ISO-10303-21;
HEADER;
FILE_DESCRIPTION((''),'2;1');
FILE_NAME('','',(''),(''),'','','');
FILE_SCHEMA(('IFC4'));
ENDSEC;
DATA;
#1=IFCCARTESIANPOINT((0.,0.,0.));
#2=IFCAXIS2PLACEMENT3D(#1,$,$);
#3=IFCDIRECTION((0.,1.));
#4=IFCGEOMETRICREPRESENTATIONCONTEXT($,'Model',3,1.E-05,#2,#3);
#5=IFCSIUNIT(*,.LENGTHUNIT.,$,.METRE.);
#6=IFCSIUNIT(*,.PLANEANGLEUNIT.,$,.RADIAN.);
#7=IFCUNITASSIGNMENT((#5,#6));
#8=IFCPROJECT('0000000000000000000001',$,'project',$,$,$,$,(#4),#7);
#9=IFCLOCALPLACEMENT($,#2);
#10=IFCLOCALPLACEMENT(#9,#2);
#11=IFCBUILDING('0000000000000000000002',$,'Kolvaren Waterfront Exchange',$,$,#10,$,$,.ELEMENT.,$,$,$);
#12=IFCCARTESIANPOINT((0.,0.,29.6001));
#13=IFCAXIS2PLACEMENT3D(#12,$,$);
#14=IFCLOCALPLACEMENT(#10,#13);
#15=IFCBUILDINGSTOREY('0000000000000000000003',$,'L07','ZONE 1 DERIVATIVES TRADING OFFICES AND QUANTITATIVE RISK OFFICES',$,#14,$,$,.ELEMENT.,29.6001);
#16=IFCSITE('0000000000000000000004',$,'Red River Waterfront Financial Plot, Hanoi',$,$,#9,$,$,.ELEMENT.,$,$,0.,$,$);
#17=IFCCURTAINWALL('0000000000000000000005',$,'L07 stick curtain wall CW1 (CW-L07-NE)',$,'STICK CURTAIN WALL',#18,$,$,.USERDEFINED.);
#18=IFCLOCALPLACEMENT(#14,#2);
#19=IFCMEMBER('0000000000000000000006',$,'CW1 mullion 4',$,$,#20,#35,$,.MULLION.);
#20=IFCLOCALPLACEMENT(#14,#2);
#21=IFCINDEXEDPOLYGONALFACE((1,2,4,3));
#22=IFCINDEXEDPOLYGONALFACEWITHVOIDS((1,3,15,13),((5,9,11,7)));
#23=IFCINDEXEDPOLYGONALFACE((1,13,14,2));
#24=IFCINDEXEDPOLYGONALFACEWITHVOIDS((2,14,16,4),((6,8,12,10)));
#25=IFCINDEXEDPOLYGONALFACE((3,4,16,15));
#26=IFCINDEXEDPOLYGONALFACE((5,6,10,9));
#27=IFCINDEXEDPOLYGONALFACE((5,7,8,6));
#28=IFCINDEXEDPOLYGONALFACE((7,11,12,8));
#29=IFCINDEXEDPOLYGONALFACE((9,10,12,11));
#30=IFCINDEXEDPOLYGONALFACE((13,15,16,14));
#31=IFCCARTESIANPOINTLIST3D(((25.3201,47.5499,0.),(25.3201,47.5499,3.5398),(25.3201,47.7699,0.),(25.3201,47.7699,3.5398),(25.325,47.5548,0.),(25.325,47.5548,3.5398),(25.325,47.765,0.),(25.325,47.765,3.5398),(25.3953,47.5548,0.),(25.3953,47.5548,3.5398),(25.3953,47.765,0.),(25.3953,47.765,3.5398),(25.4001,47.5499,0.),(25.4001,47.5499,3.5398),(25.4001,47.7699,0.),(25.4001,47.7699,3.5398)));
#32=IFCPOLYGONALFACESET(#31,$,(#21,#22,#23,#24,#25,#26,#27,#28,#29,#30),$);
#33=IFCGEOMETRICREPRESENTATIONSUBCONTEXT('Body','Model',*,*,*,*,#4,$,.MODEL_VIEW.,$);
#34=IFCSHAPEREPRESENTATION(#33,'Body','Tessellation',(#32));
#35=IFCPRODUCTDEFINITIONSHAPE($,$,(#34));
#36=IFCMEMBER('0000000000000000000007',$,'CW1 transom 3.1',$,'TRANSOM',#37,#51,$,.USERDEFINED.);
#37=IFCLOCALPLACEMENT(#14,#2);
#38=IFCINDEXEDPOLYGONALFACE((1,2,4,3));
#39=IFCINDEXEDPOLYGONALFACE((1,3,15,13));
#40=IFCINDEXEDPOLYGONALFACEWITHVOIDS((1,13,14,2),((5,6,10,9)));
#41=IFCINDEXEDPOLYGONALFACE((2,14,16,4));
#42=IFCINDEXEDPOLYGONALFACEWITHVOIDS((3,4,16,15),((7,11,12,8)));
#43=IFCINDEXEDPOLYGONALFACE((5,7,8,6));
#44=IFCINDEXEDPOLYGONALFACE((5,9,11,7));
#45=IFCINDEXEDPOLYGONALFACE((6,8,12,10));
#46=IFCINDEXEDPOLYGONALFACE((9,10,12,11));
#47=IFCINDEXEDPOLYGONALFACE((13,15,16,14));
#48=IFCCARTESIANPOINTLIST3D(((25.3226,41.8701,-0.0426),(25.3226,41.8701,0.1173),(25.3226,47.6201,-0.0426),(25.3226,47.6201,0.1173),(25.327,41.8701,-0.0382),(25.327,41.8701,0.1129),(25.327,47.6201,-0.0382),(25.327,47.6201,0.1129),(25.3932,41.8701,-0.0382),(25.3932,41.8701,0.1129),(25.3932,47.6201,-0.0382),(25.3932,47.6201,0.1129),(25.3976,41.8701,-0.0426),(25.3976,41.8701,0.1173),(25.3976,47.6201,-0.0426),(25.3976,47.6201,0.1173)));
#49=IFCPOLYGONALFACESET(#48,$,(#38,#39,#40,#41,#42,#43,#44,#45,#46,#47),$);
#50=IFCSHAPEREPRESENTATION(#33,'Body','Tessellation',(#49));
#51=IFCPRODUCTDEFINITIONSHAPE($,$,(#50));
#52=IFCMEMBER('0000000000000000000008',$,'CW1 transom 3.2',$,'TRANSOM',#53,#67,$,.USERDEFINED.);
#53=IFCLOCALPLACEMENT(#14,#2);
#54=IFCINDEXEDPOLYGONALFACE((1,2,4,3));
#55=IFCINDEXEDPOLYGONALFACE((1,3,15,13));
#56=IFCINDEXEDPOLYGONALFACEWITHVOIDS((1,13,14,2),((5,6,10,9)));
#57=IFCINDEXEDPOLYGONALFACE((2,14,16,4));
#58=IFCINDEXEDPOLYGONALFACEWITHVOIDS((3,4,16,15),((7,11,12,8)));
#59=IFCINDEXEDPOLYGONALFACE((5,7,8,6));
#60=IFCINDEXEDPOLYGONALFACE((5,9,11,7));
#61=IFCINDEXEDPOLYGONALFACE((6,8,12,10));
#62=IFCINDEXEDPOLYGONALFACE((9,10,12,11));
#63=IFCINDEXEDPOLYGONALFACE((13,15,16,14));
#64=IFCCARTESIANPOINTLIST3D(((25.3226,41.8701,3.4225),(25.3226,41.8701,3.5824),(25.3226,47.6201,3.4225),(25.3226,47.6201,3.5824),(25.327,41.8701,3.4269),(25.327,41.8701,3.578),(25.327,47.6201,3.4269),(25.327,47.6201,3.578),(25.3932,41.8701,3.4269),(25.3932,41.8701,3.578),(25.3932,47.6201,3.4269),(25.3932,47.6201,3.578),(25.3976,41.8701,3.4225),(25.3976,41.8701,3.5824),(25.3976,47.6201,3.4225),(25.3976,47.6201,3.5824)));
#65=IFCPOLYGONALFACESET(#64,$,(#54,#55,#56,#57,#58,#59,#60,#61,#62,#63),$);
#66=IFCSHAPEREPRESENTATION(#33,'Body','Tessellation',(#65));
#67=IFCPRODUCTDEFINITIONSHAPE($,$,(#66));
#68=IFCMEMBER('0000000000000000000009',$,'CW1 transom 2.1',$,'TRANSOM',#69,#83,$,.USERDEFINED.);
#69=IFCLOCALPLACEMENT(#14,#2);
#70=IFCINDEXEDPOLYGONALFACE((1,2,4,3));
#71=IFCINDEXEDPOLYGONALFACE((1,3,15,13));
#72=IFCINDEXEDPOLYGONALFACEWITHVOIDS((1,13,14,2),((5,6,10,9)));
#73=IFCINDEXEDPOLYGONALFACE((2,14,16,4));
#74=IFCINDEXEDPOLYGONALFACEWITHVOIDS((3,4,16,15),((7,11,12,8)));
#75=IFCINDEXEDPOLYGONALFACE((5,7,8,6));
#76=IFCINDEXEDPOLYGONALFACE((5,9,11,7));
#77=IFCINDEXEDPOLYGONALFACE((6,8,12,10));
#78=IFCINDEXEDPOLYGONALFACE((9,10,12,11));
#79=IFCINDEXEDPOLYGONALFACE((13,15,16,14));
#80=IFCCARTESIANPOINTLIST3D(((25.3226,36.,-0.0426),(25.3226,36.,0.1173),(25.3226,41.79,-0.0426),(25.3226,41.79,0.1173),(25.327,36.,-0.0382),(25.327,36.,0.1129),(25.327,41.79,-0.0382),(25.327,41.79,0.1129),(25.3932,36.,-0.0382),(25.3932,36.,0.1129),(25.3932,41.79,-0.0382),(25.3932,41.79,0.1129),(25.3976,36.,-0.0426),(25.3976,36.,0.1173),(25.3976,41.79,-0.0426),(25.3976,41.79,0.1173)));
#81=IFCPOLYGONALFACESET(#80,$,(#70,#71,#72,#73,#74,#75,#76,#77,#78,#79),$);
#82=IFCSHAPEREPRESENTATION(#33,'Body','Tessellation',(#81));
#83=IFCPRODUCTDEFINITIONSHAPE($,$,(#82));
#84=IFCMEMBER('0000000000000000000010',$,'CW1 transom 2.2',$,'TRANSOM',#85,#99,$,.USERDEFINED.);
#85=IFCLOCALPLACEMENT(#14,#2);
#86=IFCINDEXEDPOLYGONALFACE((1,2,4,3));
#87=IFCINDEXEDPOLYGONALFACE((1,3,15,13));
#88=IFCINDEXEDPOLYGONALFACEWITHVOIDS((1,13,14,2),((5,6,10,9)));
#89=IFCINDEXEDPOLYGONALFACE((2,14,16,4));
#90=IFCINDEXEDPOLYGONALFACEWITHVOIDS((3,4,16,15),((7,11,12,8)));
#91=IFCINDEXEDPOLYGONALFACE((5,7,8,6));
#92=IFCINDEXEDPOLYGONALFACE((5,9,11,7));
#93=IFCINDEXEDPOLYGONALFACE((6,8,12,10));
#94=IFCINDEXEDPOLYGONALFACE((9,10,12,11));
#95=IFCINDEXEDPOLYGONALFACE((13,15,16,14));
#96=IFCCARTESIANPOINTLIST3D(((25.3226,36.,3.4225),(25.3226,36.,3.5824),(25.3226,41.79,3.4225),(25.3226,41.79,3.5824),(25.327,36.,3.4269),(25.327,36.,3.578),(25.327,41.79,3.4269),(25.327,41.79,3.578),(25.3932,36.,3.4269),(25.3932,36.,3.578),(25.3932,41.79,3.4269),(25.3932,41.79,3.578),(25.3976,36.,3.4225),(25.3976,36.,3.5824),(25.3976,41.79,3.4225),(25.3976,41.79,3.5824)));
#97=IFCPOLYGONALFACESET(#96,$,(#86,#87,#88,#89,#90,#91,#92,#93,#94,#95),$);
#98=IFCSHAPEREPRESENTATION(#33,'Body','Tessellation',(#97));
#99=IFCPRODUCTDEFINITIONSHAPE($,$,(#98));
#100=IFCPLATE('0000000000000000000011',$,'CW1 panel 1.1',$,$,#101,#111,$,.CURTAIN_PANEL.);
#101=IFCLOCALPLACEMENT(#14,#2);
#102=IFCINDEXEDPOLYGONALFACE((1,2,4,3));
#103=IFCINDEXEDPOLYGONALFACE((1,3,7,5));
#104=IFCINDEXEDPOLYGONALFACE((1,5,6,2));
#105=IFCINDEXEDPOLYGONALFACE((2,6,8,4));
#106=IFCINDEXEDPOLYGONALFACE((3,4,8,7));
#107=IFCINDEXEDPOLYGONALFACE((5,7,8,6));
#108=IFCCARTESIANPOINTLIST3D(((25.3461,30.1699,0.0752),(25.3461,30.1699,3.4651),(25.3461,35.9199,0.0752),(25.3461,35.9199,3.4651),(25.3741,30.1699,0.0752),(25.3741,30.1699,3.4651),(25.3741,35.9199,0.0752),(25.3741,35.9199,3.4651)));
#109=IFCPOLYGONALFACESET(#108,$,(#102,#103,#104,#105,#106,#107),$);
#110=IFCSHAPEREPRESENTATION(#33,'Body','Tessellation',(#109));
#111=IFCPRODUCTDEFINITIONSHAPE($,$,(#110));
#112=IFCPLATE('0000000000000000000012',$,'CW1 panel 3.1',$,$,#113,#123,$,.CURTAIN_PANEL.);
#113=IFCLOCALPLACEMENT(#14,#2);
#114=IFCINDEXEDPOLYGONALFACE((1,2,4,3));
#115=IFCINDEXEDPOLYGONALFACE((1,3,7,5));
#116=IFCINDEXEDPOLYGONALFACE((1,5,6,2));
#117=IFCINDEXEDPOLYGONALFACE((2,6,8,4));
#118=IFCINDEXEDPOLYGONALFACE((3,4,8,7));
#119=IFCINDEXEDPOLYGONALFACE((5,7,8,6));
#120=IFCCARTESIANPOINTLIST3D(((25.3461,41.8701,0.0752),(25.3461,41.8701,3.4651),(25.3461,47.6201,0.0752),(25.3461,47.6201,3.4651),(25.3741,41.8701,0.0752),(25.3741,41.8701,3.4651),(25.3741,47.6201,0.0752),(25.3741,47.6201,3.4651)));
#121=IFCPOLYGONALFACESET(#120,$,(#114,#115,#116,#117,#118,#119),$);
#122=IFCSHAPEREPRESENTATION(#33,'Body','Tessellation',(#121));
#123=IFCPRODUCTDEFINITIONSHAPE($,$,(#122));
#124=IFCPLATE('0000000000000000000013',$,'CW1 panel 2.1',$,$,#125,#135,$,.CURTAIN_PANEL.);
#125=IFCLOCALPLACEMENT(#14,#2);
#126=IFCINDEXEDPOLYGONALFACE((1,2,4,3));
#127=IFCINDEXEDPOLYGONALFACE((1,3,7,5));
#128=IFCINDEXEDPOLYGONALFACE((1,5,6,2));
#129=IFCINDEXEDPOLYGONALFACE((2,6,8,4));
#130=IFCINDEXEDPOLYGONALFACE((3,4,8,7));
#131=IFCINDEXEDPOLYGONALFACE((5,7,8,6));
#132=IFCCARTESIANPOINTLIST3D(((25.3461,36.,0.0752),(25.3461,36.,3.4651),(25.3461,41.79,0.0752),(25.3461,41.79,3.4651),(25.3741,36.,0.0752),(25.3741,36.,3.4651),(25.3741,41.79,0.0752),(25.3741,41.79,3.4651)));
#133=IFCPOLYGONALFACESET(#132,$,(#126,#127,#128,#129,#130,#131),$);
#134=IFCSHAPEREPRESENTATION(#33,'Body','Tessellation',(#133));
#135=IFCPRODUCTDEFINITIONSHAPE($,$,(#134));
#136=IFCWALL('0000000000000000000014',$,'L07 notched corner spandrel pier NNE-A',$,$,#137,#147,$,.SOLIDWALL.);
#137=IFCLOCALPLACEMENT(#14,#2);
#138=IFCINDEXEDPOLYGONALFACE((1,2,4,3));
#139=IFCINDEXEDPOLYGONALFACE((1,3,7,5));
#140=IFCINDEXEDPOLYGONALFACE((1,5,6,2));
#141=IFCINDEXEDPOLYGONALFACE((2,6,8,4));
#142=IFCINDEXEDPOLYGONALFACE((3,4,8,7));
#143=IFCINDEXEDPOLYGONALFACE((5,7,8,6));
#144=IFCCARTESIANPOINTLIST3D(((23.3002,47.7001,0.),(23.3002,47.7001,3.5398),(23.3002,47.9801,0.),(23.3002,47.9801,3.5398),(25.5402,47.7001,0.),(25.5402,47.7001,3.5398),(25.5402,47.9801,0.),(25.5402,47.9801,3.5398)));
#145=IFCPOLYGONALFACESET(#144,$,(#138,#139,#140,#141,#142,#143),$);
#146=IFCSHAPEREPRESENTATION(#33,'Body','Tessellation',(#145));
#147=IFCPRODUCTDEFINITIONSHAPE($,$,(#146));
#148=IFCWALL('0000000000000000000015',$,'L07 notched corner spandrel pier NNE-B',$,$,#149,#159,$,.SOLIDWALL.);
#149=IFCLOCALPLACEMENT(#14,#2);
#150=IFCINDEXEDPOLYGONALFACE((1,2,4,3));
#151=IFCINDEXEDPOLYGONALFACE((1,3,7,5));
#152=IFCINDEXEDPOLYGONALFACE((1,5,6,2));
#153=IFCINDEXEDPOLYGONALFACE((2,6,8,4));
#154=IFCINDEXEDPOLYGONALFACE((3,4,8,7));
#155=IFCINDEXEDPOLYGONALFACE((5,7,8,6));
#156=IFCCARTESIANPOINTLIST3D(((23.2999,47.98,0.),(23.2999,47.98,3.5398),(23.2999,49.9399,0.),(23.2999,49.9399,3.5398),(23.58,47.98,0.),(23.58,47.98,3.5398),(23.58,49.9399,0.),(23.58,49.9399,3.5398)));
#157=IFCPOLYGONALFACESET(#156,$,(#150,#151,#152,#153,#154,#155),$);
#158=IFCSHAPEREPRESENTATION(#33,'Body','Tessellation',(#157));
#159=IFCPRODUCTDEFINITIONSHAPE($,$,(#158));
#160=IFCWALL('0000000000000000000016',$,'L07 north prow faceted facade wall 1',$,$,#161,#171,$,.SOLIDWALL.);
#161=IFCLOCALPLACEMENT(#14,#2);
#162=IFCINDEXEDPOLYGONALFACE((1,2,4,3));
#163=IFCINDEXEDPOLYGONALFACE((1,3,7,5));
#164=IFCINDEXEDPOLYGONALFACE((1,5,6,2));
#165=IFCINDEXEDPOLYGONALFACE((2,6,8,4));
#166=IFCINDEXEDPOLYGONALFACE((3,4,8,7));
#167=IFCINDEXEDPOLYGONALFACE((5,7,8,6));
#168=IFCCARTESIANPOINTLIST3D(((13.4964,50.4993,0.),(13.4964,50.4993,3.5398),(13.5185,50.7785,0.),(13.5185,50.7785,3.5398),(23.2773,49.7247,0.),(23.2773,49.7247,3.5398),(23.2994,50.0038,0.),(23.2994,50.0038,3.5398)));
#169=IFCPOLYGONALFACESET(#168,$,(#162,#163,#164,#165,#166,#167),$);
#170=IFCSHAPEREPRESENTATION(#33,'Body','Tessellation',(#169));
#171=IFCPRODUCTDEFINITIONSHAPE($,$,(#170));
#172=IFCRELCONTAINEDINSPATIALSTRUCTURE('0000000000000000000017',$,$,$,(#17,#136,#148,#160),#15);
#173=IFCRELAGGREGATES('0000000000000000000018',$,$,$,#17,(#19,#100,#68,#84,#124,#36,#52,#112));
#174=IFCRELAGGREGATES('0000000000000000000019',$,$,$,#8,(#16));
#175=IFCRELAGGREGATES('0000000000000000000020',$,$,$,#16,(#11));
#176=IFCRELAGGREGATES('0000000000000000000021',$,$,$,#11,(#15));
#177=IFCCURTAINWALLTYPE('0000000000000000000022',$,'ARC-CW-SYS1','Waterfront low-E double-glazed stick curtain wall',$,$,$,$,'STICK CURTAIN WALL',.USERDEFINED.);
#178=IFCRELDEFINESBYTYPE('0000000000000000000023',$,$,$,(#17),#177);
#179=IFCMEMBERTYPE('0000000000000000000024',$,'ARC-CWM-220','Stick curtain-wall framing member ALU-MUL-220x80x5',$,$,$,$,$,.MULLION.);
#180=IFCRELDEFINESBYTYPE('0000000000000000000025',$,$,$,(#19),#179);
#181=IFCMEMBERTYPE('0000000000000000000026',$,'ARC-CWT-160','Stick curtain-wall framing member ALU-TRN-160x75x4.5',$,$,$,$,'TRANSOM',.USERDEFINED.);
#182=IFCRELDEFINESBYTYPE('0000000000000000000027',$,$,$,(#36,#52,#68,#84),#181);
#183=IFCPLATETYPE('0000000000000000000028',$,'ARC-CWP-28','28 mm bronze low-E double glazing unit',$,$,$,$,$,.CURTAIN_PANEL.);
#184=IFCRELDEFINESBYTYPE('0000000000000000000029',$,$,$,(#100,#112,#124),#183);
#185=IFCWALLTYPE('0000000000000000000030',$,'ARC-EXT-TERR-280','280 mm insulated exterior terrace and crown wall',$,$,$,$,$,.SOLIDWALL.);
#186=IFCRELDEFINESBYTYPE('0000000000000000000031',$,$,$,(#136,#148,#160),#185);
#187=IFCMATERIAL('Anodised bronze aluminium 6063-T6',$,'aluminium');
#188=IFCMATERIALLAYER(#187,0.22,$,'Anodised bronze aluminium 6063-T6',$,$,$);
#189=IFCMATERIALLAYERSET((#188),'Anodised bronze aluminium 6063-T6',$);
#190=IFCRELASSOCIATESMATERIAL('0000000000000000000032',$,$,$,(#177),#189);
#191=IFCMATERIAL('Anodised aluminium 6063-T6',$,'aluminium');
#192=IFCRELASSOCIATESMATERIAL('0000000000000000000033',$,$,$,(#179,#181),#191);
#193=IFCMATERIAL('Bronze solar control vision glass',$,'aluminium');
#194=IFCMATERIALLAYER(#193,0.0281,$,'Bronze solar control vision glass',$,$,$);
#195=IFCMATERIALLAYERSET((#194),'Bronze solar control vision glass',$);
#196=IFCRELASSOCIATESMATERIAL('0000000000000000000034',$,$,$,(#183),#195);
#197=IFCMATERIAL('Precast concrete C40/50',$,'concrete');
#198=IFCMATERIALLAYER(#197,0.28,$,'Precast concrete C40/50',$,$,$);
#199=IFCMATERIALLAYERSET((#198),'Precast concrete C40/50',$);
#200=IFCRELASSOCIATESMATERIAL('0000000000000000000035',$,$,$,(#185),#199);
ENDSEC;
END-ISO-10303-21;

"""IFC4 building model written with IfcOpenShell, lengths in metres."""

from ifc_helpers import new_model, si_unit, direction, frame, frame_2d, origin, origin_with_axes, origin_2d, place, context, subcontext, project, spatial, rectangle, hollow_rectangle, extrude, source, transform, mapped, material, layer, layer_set, material_profile, profile_set, type_object, element, aggregate, save


model = new_model("IFC4")

# Units and contexts
model_context = context("Model", 3, precision=1e-05, world=origin(), true_north=direction((0.0, 1.0)))
body_context = subcontext(model_context, "Body", "Model", "MODEL_VIEW")
ifc_project = project(units=[si_unit("LENGTHUNIT", "METRE"), si_unit("PLANEANGLEUNIT", "RADIAN")], contexts=[model_context])

# Site, building, storey
site_placement = place(None, origin())
site = spatial("IfcSite", under=ifc_project, at=site_placement, Name="Red River Waterfront Financial Plot, Hanoi", CompositionType="ELEMENT", RefElevation=0.0)
building_placement = place(site_placement, origin())
building = spatial("IfcBuilding", under=site, at=building_placement, Name="Kolvaren Waterfront Exchange", CompositionType="ELEMENT")
storey_placement = place(building_placement, frame((0.0, 0.0, 29.6001)))
storey = spatial("IfcBuildingStorey", under=building, at=storey_placement, Name="L07", Description="ZONE 1 DERIVATIVES TRADING OFFICES AND QUANTITATIVE RISK OFFICES", CompositionType="ELEMENT", Elevation=29.6001)

# Curtain wall, members, plates
ifc_material_1 = material(Name="Anodised bronze aluminium 6063-T6", Category="aluminium")
ifc_layer_1 = layer(ifc_material_1, 0.22, Name="Anodised bronze aluminium 6063-T6")
ifc_layer_set_1 = layer_set([ifc_layer_1], Name="Anodised bronze aluminium 6063-T6")
curtain_wall_type = type_object("IfcCurtainWallType", Name="ARC-CW-SYS1", Description="Waterfront low-E double-glazed stick curtain wall", ElementType="STICK CURTAIN WALL", PredefinedType="USERDEFINED", material=ifc_layer_set_1)
curtain_wall_placement = place(storey_placement, origin())
curtain_wall = element("IfcCurtainWall", 1, at=curtain_wall_placement, inside=storey, type_object=curtain_wall_type, Name="L07 stick curtain wall CW1 (CW-L07-NE)", ObjectType="STICK CURTAIN WALL", PredefinedType="USERDEFINED")
ifc_material_2 = material(Name="Anodised aluminium 6063-T6", Category="aluminium")
ifc_material_profile_1 = material_profile(ifc_material_2, hollow_rectangle(XDim=0.0801, YDim=0.22, WallThickness=0.0049, at=origin_2d()), Name="ALU-MUL-220x80x5")
ifc_profile_set_1 = profile_set([ifc_material_profile_1], Name="Anodised aluminium 6063-T6")
member_type_1 = type_object("IfcMemberType", Name="ARC-CWM-220", Description="Stick curtain-wall framing member ALU-MUL-220x80x5", PredefinedType="MULLION", material=ifc_profile_set_1)
shared_shape_1 = source(origin_with_axes(), body_context, "Body", "SweptSolid", [
    extrude(hollow_rectangle(XDim=0.0801, YDim=0.22, WallThickness=0.0049, at=origin_2d()), origin(), (0.0, 0.0, 1.0), 3.5398),
])
member_1_placement = place(storey_placement, frame((25.3601, 47.6599, 0.0), z_axis=(0.0, 0.0, 1.0), x_axis=(-1.0, 0.0, 0.0)))
member_1 = element("IfcMember", 2, at=member_1_placement, type_object=member_type_1, Name="CW1 mullion 4", PredefinedType="MULLION", context=body_context, shape_type="MappedRepresentation", body=[
    mapped(shared_shape_1, transform((0.0, 0.0, 0.0), x_axis=(1.0, 0.0, 0.0), y_axis=(0.0, 1.0, 0.0), z_axis=(0.0, 0.0, 1.0), scale=1.0)),
])
ifc_material_profile_2 = material_profile(ifc_material_2, hollow_rectangle(XDim=0.075, YDim=0.1599, WallThickness=0.0044, at=origin_2d()), Name="ALU-TRN-160x75x4.5")
ifc_profile_set_2 = profile_set([ifc_material_profile_2], Name="Anodised aluminium 6063-T6")
member_type_2 = type_object("IfcMemberType", Name="ARC-CWT-160", Description="Stick curtain-wall framing member ALU-TRN-160x75x4.5", ElementType="TRANSOM", PredefinedType="USERDEFINED", material=ifc_profile_set_2)
shared_shape_2 = source(origin_with_axes(), body_context, "Body", "SweptSolid", [
    extrude(hollow_rectangle(XDim=0.075, YDim=0.1599, WallThickness=0.0044, at=origin_2d()), origin(), (0.0, 0.0, 1.0), 5.75),
])
member_2_placement = place(storey_placement, frame((25.3601, 41.8701, 0.0374), z_axis=(0.0, 1.0, 0.0), x_axis=(-1.0, 0.0, 0.0)))
member_2 = element("IfcMember", 3, at=member_2_placement, type_object=member_type_2, Name="CW1 transom 3.1", ObjectType="TRANSOM", PredefinedType="USERDEFINED", context=body_context, shape_type="MappedRepresentation", body=[
    mapped(shared_shape_2, transform((0.0, 0.0, 0.0), x_axis=(1.0, 0.0, 0.0), y_axis=(0.0, 1.0, 0.0), z_axis=(0.0, 0.0, 1.0), scale=1.0)),
])
member_3_placement = place(storey_placement, frame((25.3601, 41.8701, 3.5024), z_axis=(0.0, 1.0, 0.0), x_axis=(-1.0, 0.0, 0.0)))
member_3 = element("IfcMember", 4, at=member_3_placement, type_object=member_type_2, Name="CW1 transom 3.2", ObjectType="TRANSOM", PredefinedType="USERDEFINED", context=body_context, shape_type="MappedRepresentation", body=[
    mapped(shared_shape_2, transform((0.0, 0.0, 0.0), x_axis=(1.0, 0.0, 0.0), y_axis=(0.0, 1.0, 0.0), z_axis=(0.0, 0.0, 1.0), scale=1.0)),
])
shared_shape_3 = source(origin_with_axes(), body_context, "Body", "SweptSolid", [
    extrude(hollow_rectangle(XDim=0.075, YDim=0.1599, WallThickness=0.0044, at=origin_2d()), origin(), (0.0, 0.0, 1.0), 5.79),
])
member_4_placement = place(storey_placement, frame((25.3601, 36.0, 0.0374), z_axis=(0.0, 1.0, 0.0), x_axis=(-1.0, 0.0, 0.0)))
member_4 = element("IfcMember", 5, at=member_4_placement, type_object=member_type_2, Name="CW1 transom 2.1", ObjectType="TRANSOM", PredefinedType="USERDEFINED", context=body_context, shape_type="MappedRepresentation", body=[
    mapped(shared_shape_3, transform((0.0, 0.0, 0.0), x_axis=(1.0, 0.0, 0.0), y_axis=(0.0, 1.0, 0.0), z_axis=(0.0, 0.0, 1.0), scale=1.0)),
])
member_5_placement = place(storey_placement, frame((25.3601, 36.0, 3.5024), z_axis=(0.0, 1.0, 0.0), x_axis=(-1.0, 0.0, 0.0)))
member_5 = element("IfcMember", 6, at=member_5_placement, type_object=member_type_2, Name="CW1 transom 2.2", ObjectType="TRANSOM", PredefinedType="USERDEFINED", context=body_context, shape_type="MappedRepresentation", body=[
    mapped(shared_shape_3, transform((0.0, 0.0, 0.0), x_axis=(1.0, 0.0, 0.0), y_axis=(0.0, 1.0, 0.0), z_axis=(0.0, 0.0, 1.0), scale=1.0)),
])
ifc_material_3 = material(Name="Bronze solar control vision glass", Category="aluminium")
ifc_layer_2 = layer(ifc_material_3, 0.0281, Name="Bronze solar control vision glass")
ifc_layer_set_2 = layer_set([ifc_layer_2], Name="Bronze solar control vision glass")
plate_type = type_object("IfcPlateType", Name="ARC-CWP-28", Description="28 mm bronze low-E double glazing unit", PredefinedType="CURTAIN_PANEL", material=ifc_layer_set_2)
shared_shape_4 = source(origin_with_axes(), body_context, "Body", "SweptSolid", [
    extrude(rectangle(XDim=5.75, YDim=0.0281, at=origin_2d()), origin(), (0.0, 0.0, 1.0), 3.3899),
])
plate_1_placement = place(storey_placement, frame((25.3601, 33.0449, 0.0752), z_axis=(0.0, 0.0, 1.0), x_axis=(0.0, 1.0, 0.0)))
plate_1 = element("IfcPlate", 7, at=plate_1_placement, type_object=plate_type, Name="CW1 panel 1.1", PredefinedType="CURTAIN_PANEL", context=body_context, shape_type="MappedRepresentation", body=[
    mapped(shared_shape_4, transform((0.0, 0.0, 0.0), x_axis=(1.0, 0.0, 0.0), y_axis=(0.0, 1.0, 0.0), z_axis=(0.0, 0.0, 1.0), scale=1.0)),
])
plate_2_placement = place(storey_placement, frame((25.3601, 44.7451, 0.0752), z_axis=(0.0, 0.0, 1.0), x_axis=(0.0, 1.0, 0.0)))
plate_2 = element("IfcPlate", 8, at=plate_2_placement, type_object=plate_type, Name="CW1 panel 3.1", PredefinedType="CURTAIN_PANEL", context=body_context, shape_type="MappedRepresentation", body=[
    mapped(shared_shape_4, transform((0.0, 0.0, 0.0), x_axis=(1.0, 0.0, 0.0), y_axis=(0.0, 1.0, 0.0), z_axis=(0.0, 0.0, 1.0), scale=1.0)),
])
shared_shape_5 = source(origin_with_axes(), body_context, "Body", "SweptSolid", [
    extrude(rectangle(XDim=5.79, YDim=0.0281, at=origin_2d()), origin(), (0.0, 0.0, 1.0), 3.3899),
])
plate_3_placement = place(storey_placement, frame((25.3601, 38.895, 0.0752), z_axis=(0.0, 0.0, 1.0), x_axis=(0.0, 1.0, 0.0)))
plate_3 = element("IfcPlate", 9, at=plate_3_placement, type_object=plate_type, Name="CW1 panel 2.1", PredefinedType="CURTAIN_PANEL", context=body_context, shape_type="MappedRepresentation", body=[
    mapped(shared_shape_5, transform((0.0, 0.0, 0.0), x_axis=(1.0, 0.0, 0.0), y_axis=(0.0, 1.0, 0.0), z_axis=(0.0, 0.0, 1.0), scale=1.0)),
])
aggregate(curtain_wall, [member_1, plate_1, member_4, member_5, plate_3, member_2, member_3, plate_2])

# Walls
ifc_material_4 = material(Name="Precast concrete C40/50", Category="concrete")
ifc_layer_3 = layer(ifc_material_4, 0.28, Name="Precast concrete C40/50")
ifc_layer_set_3 = layer_set([ifc_layer_3], Name="Precast concrete C40/50")
wall_type = type_object("IfcWallType", Name="ARC-EXT-TERR-280", Description="280 mm insulated exterior terrace and crown wall", PredefinedType="SOLIDWALL", material=ifc_layer_set_3)
wall_1_placement = place(storey_placement, frame((23.3, 47.8401, 0.0), z_axis=(0.0, 0.0, 1.0), x_axis=(1.0, 0.0, 0.0)))
element("IfcWall", 10, at=wall_1_placement, inside=storey, type_object=wall_type, Name="L07 notched corner spandrel pier NNE-A", PredefinedType="SOLIDWALL", context=body_context, shape_type="SweptSolid", body=[
    extrude(rectangle(XDim=2.24, YDim=0.28, at=frame_2d((1.1201, 0.0))), origin(), (0.0, 0.0, 1.0), 3.5398),
])
wall_2_placement = place(storey_placement, frame((23.4399, 47.98, 0.0), z_axis=(0.0, 0.0, 1.0), x_axis=(0.0, 1.0, 0.0)))
element("IfcWall", 11, at=wall_2_placement, inside=storey, type_object=wall_type, Name="L07 notched corner spandrel pier NNE-B", PredefinedType="SOLIDWALL", context=body_context, shape_type="SweptSolid", body=[
    extrude(rectangle(XDim=1.96, YDim=0.28, at=frame_2d((0.98, 0.0))), origin(), (0.0, 0.0, 1.0), 3.5398),
])
wall_3_placement = place(storey_placement, frame((23.2883, 49.8643, 0.0), z_axis=(0.0, 0.0, 1.0), x_axis=(-0.996878, 0.078953, 0.0)))
element("IfcWall", 12, at=wall_3_placement, inside=storey, type_object=wall_type, Name="L07 north prow faceted facade wall 1", PredefinedType="SOLIDWALL", context=body_context, shape_type="SweptSolid", body=[
    extrude(rectangle(XDim=9.8115, YDim=0.28, at=frame_2d((4.9058, 0.0))), origin(), (0.0, 0.0, 1.0), 3.5398),
])

save(model, "model.ifc")
